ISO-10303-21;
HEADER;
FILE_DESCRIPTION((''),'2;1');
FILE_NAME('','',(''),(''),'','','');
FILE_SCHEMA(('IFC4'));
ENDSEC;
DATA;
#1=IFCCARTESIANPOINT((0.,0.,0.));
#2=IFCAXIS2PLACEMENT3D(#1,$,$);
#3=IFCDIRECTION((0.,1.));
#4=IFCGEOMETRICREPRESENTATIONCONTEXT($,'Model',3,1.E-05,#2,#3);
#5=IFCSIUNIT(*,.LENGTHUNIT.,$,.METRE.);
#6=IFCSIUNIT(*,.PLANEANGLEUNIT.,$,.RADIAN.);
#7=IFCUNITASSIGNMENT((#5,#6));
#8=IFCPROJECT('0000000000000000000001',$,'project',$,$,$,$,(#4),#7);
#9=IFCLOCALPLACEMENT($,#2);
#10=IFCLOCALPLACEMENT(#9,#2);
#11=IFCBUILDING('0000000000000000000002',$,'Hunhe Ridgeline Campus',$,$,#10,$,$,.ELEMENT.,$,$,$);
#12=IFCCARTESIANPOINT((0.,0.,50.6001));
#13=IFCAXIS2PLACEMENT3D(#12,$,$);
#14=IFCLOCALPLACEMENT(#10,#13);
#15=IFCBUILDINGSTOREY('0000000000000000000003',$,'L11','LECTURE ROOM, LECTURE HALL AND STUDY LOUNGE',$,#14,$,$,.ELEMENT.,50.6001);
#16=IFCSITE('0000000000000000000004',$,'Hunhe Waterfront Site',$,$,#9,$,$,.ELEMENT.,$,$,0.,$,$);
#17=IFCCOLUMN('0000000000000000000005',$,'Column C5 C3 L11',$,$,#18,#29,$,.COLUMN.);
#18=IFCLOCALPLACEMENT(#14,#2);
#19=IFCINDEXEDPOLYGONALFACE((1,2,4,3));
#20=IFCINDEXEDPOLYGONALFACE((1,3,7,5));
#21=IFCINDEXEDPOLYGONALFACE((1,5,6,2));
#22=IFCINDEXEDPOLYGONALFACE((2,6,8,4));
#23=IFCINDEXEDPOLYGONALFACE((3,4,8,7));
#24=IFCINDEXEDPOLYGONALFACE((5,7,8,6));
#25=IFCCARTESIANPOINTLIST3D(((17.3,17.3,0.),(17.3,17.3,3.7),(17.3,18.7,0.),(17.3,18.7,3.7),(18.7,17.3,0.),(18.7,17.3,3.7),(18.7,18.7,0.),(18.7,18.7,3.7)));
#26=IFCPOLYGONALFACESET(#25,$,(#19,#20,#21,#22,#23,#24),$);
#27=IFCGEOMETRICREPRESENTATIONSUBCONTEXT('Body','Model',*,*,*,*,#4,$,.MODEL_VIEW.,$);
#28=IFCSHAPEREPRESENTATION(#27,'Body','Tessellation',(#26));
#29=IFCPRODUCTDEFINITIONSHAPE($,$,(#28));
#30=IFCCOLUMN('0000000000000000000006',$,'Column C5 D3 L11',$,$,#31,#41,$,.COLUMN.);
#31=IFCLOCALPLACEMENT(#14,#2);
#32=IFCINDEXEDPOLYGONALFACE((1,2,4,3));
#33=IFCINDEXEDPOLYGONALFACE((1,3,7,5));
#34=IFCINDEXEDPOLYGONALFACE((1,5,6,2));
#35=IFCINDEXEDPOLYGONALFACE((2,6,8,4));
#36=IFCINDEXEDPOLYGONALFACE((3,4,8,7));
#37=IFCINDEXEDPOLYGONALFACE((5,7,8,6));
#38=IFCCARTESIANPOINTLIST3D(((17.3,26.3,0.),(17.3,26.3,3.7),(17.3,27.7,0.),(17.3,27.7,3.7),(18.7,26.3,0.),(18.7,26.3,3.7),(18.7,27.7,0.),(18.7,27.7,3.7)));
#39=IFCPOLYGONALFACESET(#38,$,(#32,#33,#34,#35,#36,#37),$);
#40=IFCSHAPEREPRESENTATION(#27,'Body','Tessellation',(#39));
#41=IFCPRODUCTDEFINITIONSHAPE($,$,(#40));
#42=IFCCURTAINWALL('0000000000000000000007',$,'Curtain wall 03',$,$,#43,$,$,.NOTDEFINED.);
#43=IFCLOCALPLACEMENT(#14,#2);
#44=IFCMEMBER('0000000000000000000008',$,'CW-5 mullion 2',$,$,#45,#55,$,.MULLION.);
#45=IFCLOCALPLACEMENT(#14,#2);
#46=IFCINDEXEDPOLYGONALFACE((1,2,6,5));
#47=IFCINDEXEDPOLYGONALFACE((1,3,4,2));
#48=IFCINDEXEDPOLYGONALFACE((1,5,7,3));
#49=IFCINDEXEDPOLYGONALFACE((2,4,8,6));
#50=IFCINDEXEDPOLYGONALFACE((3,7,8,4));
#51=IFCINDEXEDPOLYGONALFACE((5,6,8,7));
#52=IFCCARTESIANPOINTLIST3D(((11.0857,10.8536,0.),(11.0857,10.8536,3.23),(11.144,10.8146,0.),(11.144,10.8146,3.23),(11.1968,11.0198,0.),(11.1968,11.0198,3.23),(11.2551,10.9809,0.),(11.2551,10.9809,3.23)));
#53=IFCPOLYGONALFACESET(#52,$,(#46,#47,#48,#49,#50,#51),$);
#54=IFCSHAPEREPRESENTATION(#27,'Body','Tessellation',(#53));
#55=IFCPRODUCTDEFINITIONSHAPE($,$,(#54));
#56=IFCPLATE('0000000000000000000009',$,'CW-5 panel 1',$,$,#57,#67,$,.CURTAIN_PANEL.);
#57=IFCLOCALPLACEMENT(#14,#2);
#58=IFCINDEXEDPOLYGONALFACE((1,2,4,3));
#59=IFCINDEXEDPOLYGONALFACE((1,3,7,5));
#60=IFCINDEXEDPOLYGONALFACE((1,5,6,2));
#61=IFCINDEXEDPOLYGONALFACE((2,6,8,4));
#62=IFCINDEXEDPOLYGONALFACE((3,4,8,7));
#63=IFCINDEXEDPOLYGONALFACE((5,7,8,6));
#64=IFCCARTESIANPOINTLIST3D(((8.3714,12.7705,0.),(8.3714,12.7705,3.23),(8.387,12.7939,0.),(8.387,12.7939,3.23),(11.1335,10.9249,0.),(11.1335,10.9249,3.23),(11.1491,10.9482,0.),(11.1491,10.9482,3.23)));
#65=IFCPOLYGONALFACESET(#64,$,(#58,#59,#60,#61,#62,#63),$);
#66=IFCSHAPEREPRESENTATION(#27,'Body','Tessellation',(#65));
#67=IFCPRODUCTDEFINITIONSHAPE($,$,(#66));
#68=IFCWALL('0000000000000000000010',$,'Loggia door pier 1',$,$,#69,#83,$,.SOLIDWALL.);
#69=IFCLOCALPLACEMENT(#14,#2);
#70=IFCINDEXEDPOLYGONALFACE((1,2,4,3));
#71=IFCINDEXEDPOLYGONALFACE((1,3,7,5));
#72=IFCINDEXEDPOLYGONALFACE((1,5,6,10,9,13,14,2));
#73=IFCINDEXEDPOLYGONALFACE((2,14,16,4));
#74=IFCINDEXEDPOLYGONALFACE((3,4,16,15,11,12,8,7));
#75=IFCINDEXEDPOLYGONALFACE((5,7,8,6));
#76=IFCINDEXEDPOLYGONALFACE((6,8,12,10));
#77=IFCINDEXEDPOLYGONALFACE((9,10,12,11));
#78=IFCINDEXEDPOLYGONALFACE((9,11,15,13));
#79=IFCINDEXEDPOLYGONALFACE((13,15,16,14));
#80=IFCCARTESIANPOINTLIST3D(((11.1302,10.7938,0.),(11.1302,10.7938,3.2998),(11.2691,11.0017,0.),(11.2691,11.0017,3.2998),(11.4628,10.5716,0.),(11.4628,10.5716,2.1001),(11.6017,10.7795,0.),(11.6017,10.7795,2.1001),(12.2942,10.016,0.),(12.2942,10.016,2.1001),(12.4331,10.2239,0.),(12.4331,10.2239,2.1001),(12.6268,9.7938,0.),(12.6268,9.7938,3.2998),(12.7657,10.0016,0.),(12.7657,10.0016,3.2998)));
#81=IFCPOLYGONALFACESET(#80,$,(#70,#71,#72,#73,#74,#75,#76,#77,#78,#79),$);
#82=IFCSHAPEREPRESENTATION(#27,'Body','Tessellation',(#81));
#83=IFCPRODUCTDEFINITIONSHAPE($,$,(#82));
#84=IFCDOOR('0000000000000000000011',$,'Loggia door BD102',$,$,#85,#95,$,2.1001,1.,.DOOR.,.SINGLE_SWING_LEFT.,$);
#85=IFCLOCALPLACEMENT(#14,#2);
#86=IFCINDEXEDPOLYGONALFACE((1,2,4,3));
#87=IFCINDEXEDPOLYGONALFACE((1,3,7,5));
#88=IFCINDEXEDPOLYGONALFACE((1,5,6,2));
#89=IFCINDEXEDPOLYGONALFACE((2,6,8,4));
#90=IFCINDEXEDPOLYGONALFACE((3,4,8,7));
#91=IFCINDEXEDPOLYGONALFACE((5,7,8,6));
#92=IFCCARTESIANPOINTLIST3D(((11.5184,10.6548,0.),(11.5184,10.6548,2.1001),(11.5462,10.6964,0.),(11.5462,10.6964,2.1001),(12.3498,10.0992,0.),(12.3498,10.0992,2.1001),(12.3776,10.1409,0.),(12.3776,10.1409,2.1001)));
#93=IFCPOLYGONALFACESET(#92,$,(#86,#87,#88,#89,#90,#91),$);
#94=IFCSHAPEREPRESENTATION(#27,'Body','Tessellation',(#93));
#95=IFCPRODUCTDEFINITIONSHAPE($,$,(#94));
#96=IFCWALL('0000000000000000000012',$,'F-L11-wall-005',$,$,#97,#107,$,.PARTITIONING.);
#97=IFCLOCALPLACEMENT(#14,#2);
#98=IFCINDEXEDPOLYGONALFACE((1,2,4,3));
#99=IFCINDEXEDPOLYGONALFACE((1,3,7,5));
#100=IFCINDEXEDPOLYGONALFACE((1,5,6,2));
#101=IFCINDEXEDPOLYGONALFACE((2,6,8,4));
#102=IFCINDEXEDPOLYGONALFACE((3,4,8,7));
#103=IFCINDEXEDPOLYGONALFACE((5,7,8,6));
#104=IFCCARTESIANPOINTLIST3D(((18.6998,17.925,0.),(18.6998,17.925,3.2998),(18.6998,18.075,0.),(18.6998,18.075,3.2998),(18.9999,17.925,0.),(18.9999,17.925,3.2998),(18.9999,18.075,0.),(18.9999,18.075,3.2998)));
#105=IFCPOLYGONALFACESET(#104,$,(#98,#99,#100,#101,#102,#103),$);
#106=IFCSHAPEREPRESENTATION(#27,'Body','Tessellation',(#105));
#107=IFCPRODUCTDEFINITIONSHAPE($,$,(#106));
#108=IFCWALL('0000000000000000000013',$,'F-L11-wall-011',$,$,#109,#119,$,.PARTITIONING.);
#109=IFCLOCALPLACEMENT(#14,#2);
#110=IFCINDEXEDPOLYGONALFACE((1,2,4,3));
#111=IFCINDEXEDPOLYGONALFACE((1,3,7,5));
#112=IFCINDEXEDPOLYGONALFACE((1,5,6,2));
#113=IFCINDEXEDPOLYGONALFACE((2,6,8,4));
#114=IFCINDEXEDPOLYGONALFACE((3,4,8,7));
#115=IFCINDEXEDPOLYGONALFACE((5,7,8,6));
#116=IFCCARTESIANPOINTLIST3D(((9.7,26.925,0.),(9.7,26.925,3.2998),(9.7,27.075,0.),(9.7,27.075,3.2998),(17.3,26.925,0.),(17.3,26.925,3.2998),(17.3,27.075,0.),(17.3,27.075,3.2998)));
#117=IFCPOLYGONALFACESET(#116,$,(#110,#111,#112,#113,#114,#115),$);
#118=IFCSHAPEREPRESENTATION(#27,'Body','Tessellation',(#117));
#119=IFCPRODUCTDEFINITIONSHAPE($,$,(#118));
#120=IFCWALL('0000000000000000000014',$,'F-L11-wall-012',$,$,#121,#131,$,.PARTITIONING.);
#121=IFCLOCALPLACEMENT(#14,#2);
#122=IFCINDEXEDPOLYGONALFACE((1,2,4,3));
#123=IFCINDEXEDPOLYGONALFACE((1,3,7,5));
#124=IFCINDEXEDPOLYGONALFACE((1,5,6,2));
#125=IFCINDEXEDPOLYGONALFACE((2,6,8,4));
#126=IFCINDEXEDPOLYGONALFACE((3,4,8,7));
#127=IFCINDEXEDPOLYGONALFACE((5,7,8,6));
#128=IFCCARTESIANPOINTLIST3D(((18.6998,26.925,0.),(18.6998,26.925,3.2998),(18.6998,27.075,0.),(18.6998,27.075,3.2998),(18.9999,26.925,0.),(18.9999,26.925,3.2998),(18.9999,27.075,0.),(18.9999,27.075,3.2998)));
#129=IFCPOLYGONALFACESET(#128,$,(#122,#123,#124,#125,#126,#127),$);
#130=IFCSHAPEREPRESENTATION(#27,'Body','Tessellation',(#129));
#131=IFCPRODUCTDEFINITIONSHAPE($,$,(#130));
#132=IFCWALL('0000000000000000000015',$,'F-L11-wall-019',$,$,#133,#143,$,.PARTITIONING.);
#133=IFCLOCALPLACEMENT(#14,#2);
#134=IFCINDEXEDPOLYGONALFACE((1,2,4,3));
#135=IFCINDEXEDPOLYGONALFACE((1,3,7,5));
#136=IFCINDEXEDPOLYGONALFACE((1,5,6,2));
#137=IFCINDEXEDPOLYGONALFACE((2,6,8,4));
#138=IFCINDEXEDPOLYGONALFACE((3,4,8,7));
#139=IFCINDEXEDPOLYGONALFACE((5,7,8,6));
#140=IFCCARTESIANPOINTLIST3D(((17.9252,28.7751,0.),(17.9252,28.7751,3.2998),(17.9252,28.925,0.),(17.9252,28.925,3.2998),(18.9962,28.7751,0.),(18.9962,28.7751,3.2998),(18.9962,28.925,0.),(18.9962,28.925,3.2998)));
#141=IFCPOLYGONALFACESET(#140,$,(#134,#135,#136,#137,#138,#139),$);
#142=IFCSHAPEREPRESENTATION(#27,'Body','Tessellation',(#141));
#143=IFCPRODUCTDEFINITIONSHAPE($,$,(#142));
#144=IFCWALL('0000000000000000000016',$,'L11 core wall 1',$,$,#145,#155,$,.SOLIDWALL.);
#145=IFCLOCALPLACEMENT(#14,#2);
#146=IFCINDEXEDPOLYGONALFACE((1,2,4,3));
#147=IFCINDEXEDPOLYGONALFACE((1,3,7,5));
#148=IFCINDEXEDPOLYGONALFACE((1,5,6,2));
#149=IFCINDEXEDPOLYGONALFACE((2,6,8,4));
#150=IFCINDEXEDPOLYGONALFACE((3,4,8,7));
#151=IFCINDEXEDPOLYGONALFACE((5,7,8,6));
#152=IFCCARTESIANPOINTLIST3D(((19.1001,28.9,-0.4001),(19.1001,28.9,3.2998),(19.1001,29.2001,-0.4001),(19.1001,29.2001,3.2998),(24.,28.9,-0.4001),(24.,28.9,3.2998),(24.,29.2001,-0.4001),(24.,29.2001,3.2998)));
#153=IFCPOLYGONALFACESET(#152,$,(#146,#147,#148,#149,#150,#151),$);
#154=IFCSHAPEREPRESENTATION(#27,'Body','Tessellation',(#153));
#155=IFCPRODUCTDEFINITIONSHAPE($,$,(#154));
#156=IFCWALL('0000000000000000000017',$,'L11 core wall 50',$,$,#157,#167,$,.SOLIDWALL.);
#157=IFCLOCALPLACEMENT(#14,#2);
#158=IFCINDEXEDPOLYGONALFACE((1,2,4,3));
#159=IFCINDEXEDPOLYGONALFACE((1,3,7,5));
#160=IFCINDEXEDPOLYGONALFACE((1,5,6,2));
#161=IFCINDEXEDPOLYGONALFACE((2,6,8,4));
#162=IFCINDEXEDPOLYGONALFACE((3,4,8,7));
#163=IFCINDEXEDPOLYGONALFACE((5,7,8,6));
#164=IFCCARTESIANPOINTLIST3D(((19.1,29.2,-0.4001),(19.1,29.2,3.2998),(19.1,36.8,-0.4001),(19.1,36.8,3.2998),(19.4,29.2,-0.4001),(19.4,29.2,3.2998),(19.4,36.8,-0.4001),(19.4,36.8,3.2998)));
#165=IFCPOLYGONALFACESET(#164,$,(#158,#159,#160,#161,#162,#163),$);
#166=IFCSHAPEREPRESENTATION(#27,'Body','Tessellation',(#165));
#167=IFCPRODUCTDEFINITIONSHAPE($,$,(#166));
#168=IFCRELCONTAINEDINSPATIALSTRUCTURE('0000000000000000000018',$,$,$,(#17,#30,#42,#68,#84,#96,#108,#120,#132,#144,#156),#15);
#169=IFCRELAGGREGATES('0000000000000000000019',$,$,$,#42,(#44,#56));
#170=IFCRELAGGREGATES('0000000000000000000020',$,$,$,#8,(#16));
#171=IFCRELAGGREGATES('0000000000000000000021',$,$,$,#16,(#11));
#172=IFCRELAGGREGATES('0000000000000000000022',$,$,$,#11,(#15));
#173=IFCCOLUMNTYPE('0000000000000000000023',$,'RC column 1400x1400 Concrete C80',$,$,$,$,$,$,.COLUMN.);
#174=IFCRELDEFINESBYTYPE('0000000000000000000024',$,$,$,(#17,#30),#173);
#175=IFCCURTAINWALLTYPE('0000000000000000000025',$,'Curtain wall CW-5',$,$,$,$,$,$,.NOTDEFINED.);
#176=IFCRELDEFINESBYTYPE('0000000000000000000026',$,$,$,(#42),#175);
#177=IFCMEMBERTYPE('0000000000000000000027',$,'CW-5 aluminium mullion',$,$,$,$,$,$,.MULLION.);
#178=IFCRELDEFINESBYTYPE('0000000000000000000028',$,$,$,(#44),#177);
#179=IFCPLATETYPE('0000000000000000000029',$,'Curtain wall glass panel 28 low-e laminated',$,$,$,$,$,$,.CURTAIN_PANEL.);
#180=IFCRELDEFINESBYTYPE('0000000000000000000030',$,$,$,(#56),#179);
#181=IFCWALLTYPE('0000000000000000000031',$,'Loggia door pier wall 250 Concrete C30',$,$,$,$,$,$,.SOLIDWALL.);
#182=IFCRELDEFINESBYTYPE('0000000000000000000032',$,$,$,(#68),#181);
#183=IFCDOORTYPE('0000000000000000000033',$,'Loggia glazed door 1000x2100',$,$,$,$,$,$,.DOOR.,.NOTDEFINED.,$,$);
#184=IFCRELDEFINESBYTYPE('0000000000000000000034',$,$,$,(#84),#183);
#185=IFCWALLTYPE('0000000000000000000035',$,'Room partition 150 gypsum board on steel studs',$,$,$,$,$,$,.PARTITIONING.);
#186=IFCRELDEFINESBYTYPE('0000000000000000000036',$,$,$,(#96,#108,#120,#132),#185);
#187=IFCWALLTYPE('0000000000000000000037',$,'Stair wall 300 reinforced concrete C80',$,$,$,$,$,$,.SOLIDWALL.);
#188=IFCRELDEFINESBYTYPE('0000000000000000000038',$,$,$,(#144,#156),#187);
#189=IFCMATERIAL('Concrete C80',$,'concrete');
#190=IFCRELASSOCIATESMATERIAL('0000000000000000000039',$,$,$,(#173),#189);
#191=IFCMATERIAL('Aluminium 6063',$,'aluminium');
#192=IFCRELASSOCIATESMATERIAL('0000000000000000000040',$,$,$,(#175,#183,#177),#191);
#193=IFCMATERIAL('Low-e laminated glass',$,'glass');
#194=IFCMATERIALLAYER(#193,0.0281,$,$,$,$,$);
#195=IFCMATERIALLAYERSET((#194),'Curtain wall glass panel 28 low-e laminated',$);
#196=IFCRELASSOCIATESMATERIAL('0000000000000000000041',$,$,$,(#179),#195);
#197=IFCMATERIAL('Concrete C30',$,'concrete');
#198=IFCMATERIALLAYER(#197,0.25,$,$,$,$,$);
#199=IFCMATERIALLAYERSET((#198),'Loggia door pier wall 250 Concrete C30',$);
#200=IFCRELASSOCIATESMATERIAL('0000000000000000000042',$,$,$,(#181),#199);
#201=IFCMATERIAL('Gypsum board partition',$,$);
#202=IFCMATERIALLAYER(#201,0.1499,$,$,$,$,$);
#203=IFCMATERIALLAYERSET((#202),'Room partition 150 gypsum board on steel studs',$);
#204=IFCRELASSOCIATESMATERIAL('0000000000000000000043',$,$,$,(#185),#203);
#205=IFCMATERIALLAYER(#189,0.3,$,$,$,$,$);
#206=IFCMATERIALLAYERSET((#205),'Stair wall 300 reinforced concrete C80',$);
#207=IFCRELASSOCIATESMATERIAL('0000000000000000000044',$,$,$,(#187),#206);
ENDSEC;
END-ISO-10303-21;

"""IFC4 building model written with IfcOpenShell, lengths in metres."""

from ifc_helpers import new_model, si_unit, direction, frame, frame_2d, origin, origin_2d, place, context, subcontext, project, spatial, rectangle, extrude, material, layer, layer_set, material_profile, profile_set, type_object, element, fill, aggregate, save


model = new_model("IFC4")

# Units and contexts
model_context = context("Model", 3, precision=1e-05, world=origin(), true_north=direction((0.0, 1.0)))
body_context = subcontext(model_context, "Body", "Model", "MODEL_VIEW")
ifc_project = project(units=[si_unit("LENGTHUNIT", "METRE"), si_unit("PLANEANGLEUNIT", "RADIAN")], contexts=[model_context])

# Site, building, storey
site_placement = place(None, origin())
site = spatial("IfcSite", under=ifc_project, at=site_placement, Name="Hunhe Waterfront Site", CompositionType="ELEMENT", RefElevation=0.0)
building_placement = place(site_placement, origin())
building = spatial("IfcBuilding", under=site, at=building_placement, Name="Hunhe Ridgeline Campus", CompositionType="ELEMENT")
storey_placement = place(building_placement, frame((0.0, 0.0, 50.6001)))
storey = spatial("IfcBuildingStorey", under=building, at=storey_placement, Name="L11", Description="LECTURE ROOM, LECTURE HALL AND STUDY LOUNGE", CompositionType="ELEMENT", Elevation=50.6001)

# Columns
ifc_material_1 = material(Name="Concrete C80", Category="concrete")
ifc_material_profile_1 = material_profile(ifc_material_1, rectangle(XDim=1.3999, YDim=1.3999, at=origin_2d()))
ifc_profile_set_1 = profile_set([ifc_material_profile_1], Name="Concrete C80")
column_type = type_object("IfcColumnType", Name="RC column 1400x1400 Concrete C80", PredefinedType="COLUMN", material=ifc_profile_set_1)
for number, where, z_axis, x_axis, name in (
    (1, (18.0, 18.0, 0.0), (0.0, 0.0, 1.0), (1.0, 0.0, 0.0), "Column C5 C3 L11"),
    (2, (18.0, 27.0, 0.0), (0.0, 0.0, 1.0), (1.0, 0.0, 0.0), "Column C5 D3 L11"),
):
    element("IfcColumn", number, at=place(storey_placement, frame(where, z_axis=z_axis, x_axis=x_axis)), inside=storey, type_object=column_type, Name=name, PredefinedType="COLUMN", context=body_context, shape_type="SweptSolid", body=[
        extrude(rectangle(XDim=1.3999, YDim=1.3999, at=origin_2d()), origin(), (0.0, 0.0, 1.0), 3.7),
    ])

# Curtain wall, member, plate
ifc_material_2 = material(Name="Aluminium 6063", Category="aluminium")
curtain_wall_type = type_object("IfcCurtainWallType", Name="Curtain wall CW-5", PredefinedType="NOTDEFINED", material=ifc_material_2)
curtain_wall_placement = place(storey_placement, origin())
curtain_wall = element("IfcCurtainWall", 3, at=curtain_wall_placement, inside=storey, type_object=curtain_wall_type, Name="Curtain wall 03", PredefinedType="NOTDEFINED")
ifc_material_profile_2 = material_profile(ifc_material_2, rectangle(XDim=0.2, YDim=0.0701, at=origin_2d()))
ifc_profile_set_2 = profile_set([ifc_material_profile_2], Name="Aluminium 6063")
member_type = type_object("IfcMemberType", Name="CW-5 aluminium mullion", PredefinedType="MULLION", material=ifc_profile_set_2)
member_placement = place(storey_placement, frame((11.1704, 10.9172, 0.0), z_axis=(0.0, 0.0, 1.0), x_axis=(0.55557, 0.83147, 0.0)))
member = element("IfcMember", 4, at=member_placement, type_object=member_type, Name="CW-5 mullion 2", PredefinedType="MULLION", context=body_context, shape_type="SweptSolid", body=[
    extrude(rectangle(XDim=0.2, YDim=0.0701, at=origin_2d()), origin(), (0.0, 0.0, 1.0), 3.23),
])
ifc_material_3 = material(Name="Low-e laminated glass", Category="glass")
ifc_layer_1 = layer(ifc_material_3, 0.0281)
ifc_layer_set_1 = layer_set([ifc_layer_1], Name="Curtain wall glass panel 28 low-e laminated")
plate_type = type_object("IfcPlateType", Name="Curtain wall glass panel 28 low-e laminated", PredefinedType="CURTAIN_PANEL", material=ifc_layer_set_1)
plate_placement = place(storey_placement, frame((9.7603, 11.8594, 0.0), z_axis=(0.0, 0.0, 1.0), x_axis=(0.83147, -0.55557, 0.0)))
plate = element("IfcPlate", 5, at=plate_placement, type_object=plate_type, Name="CW-5 panel 1", PredefinedType="CURTAIN_PANEL", context=body_context, shape_type="SweptSolid", body=[
    extrude(rectangle(XDim=3.322, YDim=0.0281, at=origin_2d()), origin(), (0.0, 0.0, 1.0), 3.23),
])
aggregate(curtain_wall, [member, plate])

# Wall, opening, door
ifc_material_4 = material(Name="Gypsum board partition")
ifc_material_5 = material(Name="Concrete C30", Category="concrete")
ifc_layer_2 = layer(ifc_material_5, 0.25)
ifc_layer_set_2 = layer_set([ifc_layer_2], Name="Loggia door pier wall 250 Concrete C30")
wall_type_1 = type_object("IfcWallType", Name="Loggia door pier wall 250 Concrete C30", PredefinedType="SOLIDWALL", material=ifc_layer_set_2)
wall_1_placement = place(storey_placement, frame((11.1997, 10.8977, 0.0), z_axis=(0.0, 0.0, 1.0), x_axis=(0.831466, -0.555576, 0.0)))
wall_1 = element("IfcWall", 6, at=wall_1_placement, inside=storey, type_object=wall_type_1, Name="Loggia door pier 1", PredefinedType="SOLIDWALL", context=body_context, shape_type="SweptSolid", body=[
    extrude(rectangle(XDim=1.8, YDim=0.25, at=frame_2d((0.8999, 0.0))), origin(), (0.0, 0.0, 1.0), 3.2998),
])
opening_1_placement = place(wall_1_placement, frame((0.3999, 0.0, 0.0)))
opening_1 = element("IfcOpeningElement", 7, at=opening_1_placement, cuts=wall_1, PredefinedType="OPENING", context=body_context, shape_type="SweptSolid", body=[
    extrude(rectangle(XDim=1.0, YDim=2.1001, at=frame_2d((0.5, 1.05))), frame((0.0, 0.125, 0.0), z_axis=(0.0, -1.0, 0.0), x_axis=(1.0, 0.0, 0.0)), (0.0, 0.0, 1.0), 0.25),
])
door_type_1 = type_object("IfcDoorType", Name="Loggia glazed door 1000x2100", OperationType="NOTDEFINED", PredefinedType="DOOR", material=ifc_material_2)
door_1_placement = place(opening_1_placement, frame((1.0, 0.0, 0.0), z_axis=(0.0, 0.0, 1.0), x_axis=(-1.0, 0.0, 0.0)))
door_1 = element("IfcDoor", 8, at=door_1_placement, inside=storey, type_object=door_type_1, Name="Loggia door BD102", OperationType="SINGLE_SWING_LEFT", OverallHeight=2.1001, OverallWidth=1.0, PredefinedType="DOOR", context=body_context, shape_type="SweptSolid", body=[
    extrude(rectangle(XDim=1.0, YDim=2.1001, at=frame_2d((0.5, 1.05))), frame((0.0, 0.0249, 0.0), z_axis=(0.0, -1.0, 0.0), x_axis=(1.0, 0.0, 0.0)), (0.0, 0.0, 1.0), 0.05),
])
fill(opening_1, door_1)

# Walls
ifc_layer_3 = layer(ifc_material_4, 0.1499)
ifc_layer_set_3 = layer_set([ifc_layer_3], Name="Room partition 150 gypsum board on steel studs")
wall_type_2 = type_object("IfcWallType", Name="Room partition 150 gypsum board on steel studs", PredefinedType="PARTITIONING", material=ifc_layer_set_3)
wall_2_placement = place(storey_placement, frame((18.7, 18.0, 0.0), z_axis=(0.0, 0.0, 1.0), x_axis=(1.0, 0.0, 0.0)))
element("IfcWall", 9, at=wall_2_placement, inside=storey, type_object=wall_type_2, Name="F-L11-wall-005", PredefinedType="PARTITIONING", context=body_context, shape_type="SweptSolid", body=[
    extrude(rectangle(XDim=0.3, YDim=0.1499, at=frame_2d((0.1499, 0.0))), origin(), (0.0, 0.0, 1.0), 3.2998),
])
wall_3_placement = place(storey_placement, frame((9.7, 27.0, 0.0), z_axis=(0.0, 0.0, 1.0), x_axis=(1.0, 0.0, 0.0)))
element("IfcWall", 10, at=wall_3_placement, inside=storey, type_object=wall_type_2, Name="F-L11-wall-011", PredefinedType="PARTITIONING", context=body_context, shape_type="SweptSolid", body=[
    extrude(rectangle(XDim=7.6001, YDim=0.1499, at=frame_2d((3.8, 0.0))), origin(), (0.0, 0.0, 1.0), 3.2998),
])
wall_4_placement = place(storey_placement, frame((18.7, 27.0, 0.0), z_axis=(0.0, 0.0, 1.0), x_axis=(1.0, 0.0, 0.0)))
element("IfcWall", 11, at=wall_4_placement, inside=storey, type_object=wall_type_2, Name="F-L11-wall-012", PredefinedType="PARTITIONING", context=body_context, shape_type="SweptSolid", body=[
    extrude(rectangle(XDim=0.3, YDim=0.1499, at=frame_2d((0.1499, 0.0))), origin(), (0.0, 0.0, 1.0), 3.2998),
])
wall_5_placement = place(storey_placement, frame((17.925, 28.8501, 0.0), z_axis=(0.0, 0.0, 1.0), x_axis=(1.0, 0.0, 0.0)))
element("IfcWall", 12, at=wall_5_placement, inside=storey, type_object=wall_type_2, Name="F-L11-wall-019", PredefinedType="PARTITIONING", context=body_context, shape_type="SweptSolid", body=[
    extrude(rectangle(XDim=1.071, YDim=0.1499, at=frame_2d((0.5356, 0.0))), origin(), (0.0, 0.0, 1.0), 3.2998),
])
ifc_layer_4 = layer(ifc_material_1, 0.3)
ifc_layer_set_4 = layer_set([ifc_layer_4], Name="Stair wall 300 reinforced concrete C80")
wall_type_3 = type_object("IfcWallType", Name="Stair wall 300 reinforced concrete C80", PredefinedType="SOLIDWALL", material=ifc_layer_set_4)
wall_6_placement = place(storey_placement, frame((19.1001, 29.05, -0.4001), z_axis=(0.0, 0.0, 1.0), x_axis=(1.0, 0.0, 0.0)))
element("IfcWall", 13, at=wall_6_placement, inside=storey, type_object=wall_type_3, Name="L11 core wall 1", PredefinedType="SOLIDWALL", context=body_context, shape_type="SweptSolid", body=[
    extrude(rectangle(XDim=4.8999, YDim=0.3, at=frame_2d((2.45, 0.0))), origin(), (0.0, 0.0, 1.0), 3.7),
])
wall_7_placement = place(storey_placement, frame((19.25, 29.2, -0.4001), z_axis=(0.0, 0.0, 1.0), x_axis=(0.0, 1.0, 0.0)))
element("IfcWall", 14, at=wall_7_placement, inside=storey, type_object=wall_type_3, Name="L11 core wall 50", PredefinedType="SOLIDWALL", context=body_context, shape_type="SweptSolid", body=[
    extrude(rectangle(XDim=7.6001, YDim=0.3, at=frame_2d((3.8, 0.0))), origin(), (0.0, 0.0, 1.0), 3.7),
])

save(model, "model.ifc")
